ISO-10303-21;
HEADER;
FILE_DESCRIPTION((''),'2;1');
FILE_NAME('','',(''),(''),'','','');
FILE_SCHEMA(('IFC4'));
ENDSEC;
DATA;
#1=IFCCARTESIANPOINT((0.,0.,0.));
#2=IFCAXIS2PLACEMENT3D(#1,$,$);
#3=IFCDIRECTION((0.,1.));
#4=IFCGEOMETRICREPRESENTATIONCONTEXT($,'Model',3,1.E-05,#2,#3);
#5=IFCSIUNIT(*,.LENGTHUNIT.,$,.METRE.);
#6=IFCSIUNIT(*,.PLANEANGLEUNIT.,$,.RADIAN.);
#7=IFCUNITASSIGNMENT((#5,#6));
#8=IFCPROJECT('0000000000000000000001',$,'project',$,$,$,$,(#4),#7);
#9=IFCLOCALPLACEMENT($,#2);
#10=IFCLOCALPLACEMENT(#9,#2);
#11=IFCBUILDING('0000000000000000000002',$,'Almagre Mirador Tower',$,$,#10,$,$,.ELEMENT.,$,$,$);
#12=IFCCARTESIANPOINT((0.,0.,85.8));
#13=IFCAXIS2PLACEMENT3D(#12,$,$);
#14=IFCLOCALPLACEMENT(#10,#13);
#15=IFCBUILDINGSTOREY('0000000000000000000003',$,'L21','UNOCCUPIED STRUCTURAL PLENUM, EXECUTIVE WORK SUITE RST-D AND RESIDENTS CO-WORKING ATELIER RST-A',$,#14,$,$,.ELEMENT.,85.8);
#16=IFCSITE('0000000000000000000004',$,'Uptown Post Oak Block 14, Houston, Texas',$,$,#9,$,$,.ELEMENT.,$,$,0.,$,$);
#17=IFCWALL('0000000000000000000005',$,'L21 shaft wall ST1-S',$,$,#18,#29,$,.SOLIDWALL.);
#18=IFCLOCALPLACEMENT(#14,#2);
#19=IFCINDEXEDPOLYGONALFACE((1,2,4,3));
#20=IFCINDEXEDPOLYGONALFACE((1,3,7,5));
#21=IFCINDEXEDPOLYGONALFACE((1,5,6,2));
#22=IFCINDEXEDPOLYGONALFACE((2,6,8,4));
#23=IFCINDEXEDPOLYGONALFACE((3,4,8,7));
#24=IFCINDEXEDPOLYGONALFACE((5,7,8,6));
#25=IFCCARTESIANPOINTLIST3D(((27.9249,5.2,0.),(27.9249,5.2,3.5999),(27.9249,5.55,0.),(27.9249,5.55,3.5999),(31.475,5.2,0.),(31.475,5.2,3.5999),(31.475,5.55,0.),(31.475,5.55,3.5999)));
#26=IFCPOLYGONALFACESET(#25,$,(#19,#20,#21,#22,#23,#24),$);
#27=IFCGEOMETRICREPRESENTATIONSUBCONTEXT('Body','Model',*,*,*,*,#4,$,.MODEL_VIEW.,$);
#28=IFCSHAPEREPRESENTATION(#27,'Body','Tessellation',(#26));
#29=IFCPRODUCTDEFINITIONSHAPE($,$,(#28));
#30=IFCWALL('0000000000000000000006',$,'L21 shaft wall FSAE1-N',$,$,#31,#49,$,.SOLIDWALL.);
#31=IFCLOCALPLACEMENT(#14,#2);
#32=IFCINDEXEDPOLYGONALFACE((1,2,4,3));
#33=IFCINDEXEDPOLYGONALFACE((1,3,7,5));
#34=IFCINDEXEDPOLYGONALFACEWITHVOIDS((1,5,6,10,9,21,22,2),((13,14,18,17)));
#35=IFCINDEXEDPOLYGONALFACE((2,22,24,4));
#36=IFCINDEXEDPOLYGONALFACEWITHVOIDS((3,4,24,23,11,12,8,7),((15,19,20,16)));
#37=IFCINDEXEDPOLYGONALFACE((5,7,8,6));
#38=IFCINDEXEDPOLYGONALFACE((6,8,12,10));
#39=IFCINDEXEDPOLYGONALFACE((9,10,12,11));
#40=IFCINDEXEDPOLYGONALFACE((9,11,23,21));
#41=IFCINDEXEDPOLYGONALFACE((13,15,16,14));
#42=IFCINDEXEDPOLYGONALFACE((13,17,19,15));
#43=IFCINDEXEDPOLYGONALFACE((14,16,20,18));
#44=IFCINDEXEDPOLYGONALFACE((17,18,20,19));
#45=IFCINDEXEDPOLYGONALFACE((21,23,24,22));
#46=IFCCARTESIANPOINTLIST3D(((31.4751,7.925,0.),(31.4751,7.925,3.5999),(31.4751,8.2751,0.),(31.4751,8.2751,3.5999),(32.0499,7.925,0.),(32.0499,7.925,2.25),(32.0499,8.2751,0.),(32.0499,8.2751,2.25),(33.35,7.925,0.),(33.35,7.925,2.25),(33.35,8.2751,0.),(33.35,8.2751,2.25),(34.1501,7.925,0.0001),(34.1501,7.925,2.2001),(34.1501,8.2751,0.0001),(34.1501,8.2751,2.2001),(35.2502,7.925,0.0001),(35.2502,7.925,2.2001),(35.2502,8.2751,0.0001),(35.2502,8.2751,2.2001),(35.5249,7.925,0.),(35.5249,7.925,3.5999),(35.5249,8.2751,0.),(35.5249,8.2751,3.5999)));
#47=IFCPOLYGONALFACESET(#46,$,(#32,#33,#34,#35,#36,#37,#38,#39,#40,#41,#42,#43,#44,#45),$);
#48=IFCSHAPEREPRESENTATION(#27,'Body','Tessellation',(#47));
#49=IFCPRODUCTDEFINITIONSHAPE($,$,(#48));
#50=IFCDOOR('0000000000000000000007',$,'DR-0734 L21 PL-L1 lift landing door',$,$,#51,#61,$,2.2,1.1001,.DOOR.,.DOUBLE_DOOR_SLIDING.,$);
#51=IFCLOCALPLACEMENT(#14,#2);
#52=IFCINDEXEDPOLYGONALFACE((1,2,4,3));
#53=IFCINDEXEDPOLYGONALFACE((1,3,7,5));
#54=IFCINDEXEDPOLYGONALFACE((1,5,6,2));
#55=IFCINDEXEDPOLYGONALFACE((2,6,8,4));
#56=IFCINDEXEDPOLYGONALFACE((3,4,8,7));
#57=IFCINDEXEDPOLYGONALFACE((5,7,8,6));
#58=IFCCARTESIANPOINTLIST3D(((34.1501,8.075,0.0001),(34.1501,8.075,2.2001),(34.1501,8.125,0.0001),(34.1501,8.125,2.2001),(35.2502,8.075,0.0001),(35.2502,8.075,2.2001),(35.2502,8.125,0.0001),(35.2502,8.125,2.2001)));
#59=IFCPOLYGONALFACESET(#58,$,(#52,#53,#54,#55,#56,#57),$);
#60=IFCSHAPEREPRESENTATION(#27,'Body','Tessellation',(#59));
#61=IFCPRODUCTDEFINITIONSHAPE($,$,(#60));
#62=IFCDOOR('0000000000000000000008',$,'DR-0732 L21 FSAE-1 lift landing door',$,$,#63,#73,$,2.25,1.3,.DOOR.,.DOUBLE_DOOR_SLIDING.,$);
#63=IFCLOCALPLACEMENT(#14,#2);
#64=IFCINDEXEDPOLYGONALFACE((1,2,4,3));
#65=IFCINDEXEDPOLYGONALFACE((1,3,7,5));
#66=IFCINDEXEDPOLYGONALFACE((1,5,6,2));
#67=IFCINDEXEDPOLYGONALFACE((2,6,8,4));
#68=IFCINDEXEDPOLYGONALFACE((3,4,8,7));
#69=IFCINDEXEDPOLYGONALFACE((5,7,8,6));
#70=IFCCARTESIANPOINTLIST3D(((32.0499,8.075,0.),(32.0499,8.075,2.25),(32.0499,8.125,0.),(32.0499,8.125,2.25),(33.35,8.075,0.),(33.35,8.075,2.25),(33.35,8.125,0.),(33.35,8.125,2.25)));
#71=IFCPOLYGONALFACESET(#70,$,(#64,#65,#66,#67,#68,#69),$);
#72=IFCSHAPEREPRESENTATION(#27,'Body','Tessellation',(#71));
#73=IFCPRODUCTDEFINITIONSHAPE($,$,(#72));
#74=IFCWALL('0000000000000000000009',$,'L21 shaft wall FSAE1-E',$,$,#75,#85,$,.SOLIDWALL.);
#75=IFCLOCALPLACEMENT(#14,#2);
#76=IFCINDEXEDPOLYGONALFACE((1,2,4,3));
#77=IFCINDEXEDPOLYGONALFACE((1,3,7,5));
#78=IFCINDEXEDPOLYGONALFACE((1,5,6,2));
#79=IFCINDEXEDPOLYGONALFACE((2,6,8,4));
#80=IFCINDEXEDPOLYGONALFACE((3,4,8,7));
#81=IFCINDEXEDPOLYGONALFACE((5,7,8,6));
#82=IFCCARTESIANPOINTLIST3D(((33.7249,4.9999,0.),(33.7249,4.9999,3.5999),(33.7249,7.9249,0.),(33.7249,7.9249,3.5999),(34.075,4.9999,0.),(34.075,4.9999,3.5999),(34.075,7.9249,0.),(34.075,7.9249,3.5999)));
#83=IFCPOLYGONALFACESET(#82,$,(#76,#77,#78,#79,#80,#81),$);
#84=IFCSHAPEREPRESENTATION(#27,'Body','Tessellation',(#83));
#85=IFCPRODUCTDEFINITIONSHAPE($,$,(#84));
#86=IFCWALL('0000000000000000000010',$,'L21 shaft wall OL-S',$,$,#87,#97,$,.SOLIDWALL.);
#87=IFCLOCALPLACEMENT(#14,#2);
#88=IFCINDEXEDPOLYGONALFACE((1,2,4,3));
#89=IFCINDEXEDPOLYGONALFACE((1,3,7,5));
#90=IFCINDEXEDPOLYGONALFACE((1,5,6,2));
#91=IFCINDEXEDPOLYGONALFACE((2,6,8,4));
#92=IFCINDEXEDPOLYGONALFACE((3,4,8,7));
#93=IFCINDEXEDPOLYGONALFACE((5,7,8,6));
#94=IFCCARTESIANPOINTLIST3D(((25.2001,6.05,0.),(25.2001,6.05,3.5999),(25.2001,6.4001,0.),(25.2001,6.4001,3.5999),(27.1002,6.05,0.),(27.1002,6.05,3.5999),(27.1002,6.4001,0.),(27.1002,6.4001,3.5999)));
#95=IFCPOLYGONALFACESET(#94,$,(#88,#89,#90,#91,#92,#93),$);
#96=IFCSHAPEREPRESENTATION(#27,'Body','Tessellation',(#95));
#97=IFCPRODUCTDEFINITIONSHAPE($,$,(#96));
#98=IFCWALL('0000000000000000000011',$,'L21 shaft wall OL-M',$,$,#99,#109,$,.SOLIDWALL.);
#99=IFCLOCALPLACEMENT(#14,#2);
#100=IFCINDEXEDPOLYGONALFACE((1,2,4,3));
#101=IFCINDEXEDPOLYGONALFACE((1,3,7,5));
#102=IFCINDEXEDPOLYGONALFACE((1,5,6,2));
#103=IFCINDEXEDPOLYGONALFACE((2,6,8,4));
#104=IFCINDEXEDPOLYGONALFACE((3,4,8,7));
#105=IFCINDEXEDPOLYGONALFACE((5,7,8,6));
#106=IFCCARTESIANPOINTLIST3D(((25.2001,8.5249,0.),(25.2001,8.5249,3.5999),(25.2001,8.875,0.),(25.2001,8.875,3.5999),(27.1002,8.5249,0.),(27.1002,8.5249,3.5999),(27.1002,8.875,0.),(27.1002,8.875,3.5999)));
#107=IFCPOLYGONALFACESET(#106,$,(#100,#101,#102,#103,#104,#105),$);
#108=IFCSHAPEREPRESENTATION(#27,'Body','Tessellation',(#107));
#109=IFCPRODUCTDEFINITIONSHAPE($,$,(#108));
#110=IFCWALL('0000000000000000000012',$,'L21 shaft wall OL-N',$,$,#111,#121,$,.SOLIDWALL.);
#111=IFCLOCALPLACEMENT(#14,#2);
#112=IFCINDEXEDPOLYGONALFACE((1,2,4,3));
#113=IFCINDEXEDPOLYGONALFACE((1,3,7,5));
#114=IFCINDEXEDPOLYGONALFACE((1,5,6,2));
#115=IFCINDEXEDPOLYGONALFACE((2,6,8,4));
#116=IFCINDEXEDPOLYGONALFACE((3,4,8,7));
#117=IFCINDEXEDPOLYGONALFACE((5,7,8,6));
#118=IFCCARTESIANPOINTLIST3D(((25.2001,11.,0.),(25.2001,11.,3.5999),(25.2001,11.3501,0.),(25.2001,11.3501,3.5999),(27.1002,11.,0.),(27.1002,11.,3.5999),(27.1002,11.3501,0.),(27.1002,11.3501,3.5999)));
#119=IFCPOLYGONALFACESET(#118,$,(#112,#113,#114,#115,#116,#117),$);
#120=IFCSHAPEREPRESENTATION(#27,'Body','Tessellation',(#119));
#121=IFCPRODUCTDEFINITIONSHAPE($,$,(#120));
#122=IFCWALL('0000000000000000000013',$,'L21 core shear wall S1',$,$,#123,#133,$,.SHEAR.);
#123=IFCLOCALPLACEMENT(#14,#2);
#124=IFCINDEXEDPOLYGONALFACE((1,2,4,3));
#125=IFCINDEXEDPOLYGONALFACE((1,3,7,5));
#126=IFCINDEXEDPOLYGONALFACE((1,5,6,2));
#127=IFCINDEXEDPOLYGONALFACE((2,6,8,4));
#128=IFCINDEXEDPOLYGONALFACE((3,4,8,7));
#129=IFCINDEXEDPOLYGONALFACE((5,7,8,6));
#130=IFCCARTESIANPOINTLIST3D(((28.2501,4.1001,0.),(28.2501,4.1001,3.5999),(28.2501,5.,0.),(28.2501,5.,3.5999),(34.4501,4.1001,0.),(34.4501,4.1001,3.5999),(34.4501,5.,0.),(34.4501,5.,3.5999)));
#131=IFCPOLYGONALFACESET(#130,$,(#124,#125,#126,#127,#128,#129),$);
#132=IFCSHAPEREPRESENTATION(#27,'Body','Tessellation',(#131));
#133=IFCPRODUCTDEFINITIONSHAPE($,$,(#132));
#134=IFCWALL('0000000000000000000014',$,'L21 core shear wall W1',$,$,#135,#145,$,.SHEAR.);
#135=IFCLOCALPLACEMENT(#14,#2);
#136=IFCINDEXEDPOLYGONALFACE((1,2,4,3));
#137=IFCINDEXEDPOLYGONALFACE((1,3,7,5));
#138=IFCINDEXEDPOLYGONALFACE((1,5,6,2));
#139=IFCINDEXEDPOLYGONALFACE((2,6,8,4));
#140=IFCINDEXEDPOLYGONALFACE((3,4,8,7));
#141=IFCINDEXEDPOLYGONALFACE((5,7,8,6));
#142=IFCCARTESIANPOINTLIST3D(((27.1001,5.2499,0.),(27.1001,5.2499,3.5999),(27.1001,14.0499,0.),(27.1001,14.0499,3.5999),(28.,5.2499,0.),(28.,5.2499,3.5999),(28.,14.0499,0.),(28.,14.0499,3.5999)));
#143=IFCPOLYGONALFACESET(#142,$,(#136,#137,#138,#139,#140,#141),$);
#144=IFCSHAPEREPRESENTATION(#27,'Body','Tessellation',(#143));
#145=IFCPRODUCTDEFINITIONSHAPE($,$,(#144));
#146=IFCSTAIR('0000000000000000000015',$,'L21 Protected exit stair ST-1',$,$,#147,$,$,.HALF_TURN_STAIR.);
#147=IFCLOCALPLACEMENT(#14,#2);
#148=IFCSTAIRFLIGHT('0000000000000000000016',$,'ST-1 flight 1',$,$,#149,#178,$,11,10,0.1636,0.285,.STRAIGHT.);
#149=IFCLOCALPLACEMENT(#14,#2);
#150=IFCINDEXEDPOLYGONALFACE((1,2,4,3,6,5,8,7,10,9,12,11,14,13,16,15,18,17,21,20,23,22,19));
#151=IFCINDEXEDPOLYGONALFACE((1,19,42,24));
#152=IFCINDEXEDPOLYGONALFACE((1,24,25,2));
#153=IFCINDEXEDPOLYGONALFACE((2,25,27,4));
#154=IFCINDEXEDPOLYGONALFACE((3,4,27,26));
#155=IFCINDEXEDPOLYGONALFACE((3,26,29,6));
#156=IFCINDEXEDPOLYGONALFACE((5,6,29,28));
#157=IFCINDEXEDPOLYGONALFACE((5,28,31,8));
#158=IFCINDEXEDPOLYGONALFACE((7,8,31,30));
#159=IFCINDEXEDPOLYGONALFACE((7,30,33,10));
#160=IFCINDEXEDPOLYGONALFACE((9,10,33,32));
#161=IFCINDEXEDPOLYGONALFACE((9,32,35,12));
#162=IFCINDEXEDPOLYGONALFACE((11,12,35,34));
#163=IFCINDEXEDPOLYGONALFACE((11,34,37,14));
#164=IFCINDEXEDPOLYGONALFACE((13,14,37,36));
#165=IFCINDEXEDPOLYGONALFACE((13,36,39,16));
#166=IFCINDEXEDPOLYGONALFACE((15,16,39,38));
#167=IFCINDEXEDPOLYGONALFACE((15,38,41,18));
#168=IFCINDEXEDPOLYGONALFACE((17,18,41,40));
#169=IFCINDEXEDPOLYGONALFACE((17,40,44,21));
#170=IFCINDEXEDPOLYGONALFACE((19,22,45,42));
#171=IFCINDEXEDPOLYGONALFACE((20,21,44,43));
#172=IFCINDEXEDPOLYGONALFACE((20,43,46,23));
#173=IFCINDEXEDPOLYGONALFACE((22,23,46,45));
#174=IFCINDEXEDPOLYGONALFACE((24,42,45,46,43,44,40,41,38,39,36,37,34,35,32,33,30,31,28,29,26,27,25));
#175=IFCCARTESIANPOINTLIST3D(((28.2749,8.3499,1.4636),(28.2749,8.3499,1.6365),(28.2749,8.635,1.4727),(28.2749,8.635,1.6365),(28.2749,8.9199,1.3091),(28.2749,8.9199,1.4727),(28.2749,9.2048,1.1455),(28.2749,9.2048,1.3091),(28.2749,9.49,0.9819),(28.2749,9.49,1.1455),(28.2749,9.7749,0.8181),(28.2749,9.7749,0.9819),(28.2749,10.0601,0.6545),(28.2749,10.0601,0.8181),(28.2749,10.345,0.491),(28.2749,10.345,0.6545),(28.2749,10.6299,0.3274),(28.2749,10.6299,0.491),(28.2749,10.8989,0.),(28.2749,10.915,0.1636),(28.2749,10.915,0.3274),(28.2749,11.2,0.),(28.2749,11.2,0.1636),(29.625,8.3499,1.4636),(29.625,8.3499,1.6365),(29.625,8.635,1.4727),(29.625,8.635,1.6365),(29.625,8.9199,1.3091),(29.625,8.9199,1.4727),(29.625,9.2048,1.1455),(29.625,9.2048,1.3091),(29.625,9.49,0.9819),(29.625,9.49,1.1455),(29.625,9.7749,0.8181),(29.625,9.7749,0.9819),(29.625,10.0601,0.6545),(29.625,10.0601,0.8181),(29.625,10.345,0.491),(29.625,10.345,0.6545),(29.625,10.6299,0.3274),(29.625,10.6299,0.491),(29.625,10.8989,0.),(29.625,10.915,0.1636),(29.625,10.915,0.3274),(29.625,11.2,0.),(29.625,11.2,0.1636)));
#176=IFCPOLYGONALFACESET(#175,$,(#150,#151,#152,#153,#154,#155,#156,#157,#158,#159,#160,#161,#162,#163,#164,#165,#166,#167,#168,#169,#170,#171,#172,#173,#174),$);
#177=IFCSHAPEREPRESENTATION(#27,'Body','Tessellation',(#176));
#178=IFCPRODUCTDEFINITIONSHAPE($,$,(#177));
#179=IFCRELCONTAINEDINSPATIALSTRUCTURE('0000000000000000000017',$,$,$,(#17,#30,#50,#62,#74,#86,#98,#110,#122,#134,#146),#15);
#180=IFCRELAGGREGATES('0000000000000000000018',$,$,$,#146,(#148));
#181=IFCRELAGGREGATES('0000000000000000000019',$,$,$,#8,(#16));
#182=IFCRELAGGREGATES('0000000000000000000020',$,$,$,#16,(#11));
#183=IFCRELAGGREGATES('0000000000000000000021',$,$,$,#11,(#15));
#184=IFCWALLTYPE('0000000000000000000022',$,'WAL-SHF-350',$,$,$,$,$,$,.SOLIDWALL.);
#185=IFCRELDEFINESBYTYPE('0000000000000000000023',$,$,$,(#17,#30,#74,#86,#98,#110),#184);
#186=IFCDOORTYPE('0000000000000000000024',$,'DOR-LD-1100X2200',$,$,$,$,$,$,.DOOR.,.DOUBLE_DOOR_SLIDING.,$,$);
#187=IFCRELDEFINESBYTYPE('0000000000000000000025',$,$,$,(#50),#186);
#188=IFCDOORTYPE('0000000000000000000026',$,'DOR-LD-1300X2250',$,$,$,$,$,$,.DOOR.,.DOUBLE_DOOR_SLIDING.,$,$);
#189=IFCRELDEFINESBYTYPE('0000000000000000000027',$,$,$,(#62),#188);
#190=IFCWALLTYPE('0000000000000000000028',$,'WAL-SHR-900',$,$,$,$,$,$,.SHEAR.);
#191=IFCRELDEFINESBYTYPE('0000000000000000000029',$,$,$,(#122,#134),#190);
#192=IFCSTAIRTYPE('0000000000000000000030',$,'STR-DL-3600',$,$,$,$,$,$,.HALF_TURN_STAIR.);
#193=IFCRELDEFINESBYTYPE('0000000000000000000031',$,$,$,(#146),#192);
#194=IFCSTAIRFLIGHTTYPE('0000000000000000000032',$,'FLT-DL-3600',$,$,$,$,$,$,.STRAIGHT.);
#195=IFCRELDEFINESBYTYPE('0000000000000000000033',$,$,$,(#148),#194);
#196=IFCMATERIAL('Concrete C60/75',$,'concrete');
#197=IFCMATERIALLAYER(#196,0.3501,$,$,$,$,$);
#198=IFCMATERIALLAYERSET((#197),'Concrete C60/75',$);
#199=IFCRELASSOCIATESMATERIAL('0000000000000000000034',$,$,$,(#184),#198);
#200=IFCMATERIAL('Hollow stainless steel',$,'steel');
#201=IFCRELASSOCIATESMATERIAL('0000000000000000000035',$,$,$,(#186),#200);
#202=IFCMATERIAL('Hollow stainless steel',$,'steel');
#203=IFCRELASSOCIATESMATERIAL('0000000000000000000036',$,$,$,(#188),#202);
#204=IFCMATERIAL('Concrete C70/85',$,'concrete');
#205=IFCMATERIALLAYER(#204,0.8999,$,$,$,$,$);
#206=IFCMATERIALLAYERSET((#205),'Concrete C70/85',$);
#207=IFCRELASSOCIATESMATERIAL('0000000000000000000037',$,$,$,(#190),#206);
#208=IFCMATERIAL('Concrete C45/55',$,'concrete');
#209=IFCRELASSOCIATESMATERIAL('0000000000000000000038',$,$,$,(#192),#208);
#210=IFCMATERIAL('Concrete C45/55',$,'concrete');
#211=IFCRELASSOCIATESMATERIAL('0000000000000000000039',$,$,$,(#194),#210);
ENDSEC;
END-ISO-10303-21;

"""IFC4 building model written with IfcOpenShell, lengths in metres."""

from ifc_helpers import new_model, si_unit, direction, frame, frame_2d, origin, place, context, subcontext, project, spatial, polyline, rectangle, outline, extrude, material, layer, layer_set, type_object, element, fill, aggregate, save


model = new_model("IFC4")

# Units and contexts
model_context = context("Model", 3, precision=1e-05, world=origin(), true_north=direction((0.0, 1.0)))
body_context = subcontext(model_context, "Body", "Model", "MODEL_VIEW")
ifc_project = project(units=[si_unit("LENGTHUNIT", "METRE"), si_unit("PLANEANGLEUNIT", "RADIAN")], contexts=[model_context])

# Site, building, storey
site_placement = place(None, origin())
site = spatial("IfcSite", under=ifc_project, at=site_placement, Name="Uptown Post Oak Block 14, Houston, Texas", CompositionType="ELEMENT", RefElevation=0.0)
building_placement = place(site_placement, origin())
building = spatial("IfcBuilding", under=site, at=building_placement, Name="Almagre Mirador Tower", CompositionType="ELEMENT")
storey_placement = place(building_placement, frame((0.0, 0.0, 85.8)))
storey = spatial("IfcBuildingStorey", under=building, at=storey_placement, Name="L21", Description="UNOCCUPIED STRUCTURAL PLENUM, EXECUTIVE WORK SUITE RST-D AND RESIDENTS CO-WORKING ATELIER RST-A", CompositionType="ELEMENT", Elevation=85.8)

# Shared definitions
ifc_material_1 = material(Name="Concrete C60/75", Category="concrete")
ifc_layer_1 = layer(ifc_material_1, 0.3501)
ifc_layer_set_1 = layer_set([ifc_layer_1], Name="Concrete C60/75")
wall_type_1 = type_object("IfcWallType", Name="WAL-SHF-350", PredefinedType="SOLIDWALL", material=ifc_layer_set_1)

# Wall
wall_1_placement = place(storey_placement, frame((27.925, 5.375, 0.0), z_axis=(0.0, 0.0, 1.0), x_axis=(1.0, 0.0, 0.0)))
element("IfcWall", 1, at=wall_1_placement, inside=storey, type_object=wall_type_1, Name="L21 shaft wall ST1-S", PredefinedType="SOLIDWALL", context=body_context, shape_type="SweptSolid", body=[
    extrude(rectangle(XDim=3.55, YDim=0.3501, at=frame_2d((1.7749, 0.0))), origin(), (0.0, 0.0, 1.0), 3.5999),
])

# Wall, openings, doors
wall_2_placement = place(storey_placement, frame((31.4751, 8.1001, 0.0), z_axis=(0.0, 0.0, 1.0), x_axis=(1.0, 0.0, 0.0)))
wall_2 = element("IfcWall", 2, at=wall_2_placement, inside=storey, type_object=wall_type_1, Name="L21 shaft wall FSAE1-N", PredefinedType="SOLIDWALL", context=body_context, shape_type="SweptSolid", body=[
    extrude(rectangle(XDim=4.0498, YDim=0.3501, at=frame_2d((2.0249, 0.0))), origin(), (0.0, 0.0, 1.0), 3.5999),
])
opening_1_placement = place(wall_2_placement, frame((0.575, 0.0, 0.0)))
opening_1 = element("IfcOpeningElement", 3, at=opening_1_placement, cuts=wall_2, PredefinedType="OPENING", context=body_context, shape_type="SweptSolid", body=[
    extrude(rectangle(XDim=1.3, YDim=2.25, at=frame_2d((0.6499, 1.125))), frame((0.0, 0.185, 0.0), z_axis=(0.0, -1.0, 0.0), x_axis=(1.0, 0.0, 0.0)), (0.0, 0.0, 1.0), 0.3701),
])
opening_2_placement = place(wall_2_placement, frame((2.675, 0.0, 0.0)))
opening_2 = element("IfcOpeningElement", 4, at=opening_2_placement, cuts=wall_2, PredefinedType="OPENING", context=body_context, shape_type="SweptSolid", body=[
    extrude(rectangle(XDim=1.1001, YDim=2.2, at=frame_2d((0.55, 1.1001))), frame((0.0, 0.185, 0.0), z_axis=(0.0, -1.0, 0.0), x_axis=(1.0, 0.0, 0.0)), (0.0, 0.0, 1.0), 0.3701),
])
ifc_material_2 = material(Name="Hollow stainless steel", Category="steel")
door_type_1 = type_object("IfcDoorType", Name="DOR-LD-1100X2200", OperationType="DOUBLE_DOOR_SLIDING", PredefinedType="DOOR", material=ifc_material_2)
door_1_placement = place(opening_2_placement, origin())
door_1 = element("IfcDoor", 5, at=door_1_placement, inside=storey, type_object=door_type_1, Name="DR-0734 L21 PL-L1 lift landing door", OperationType="DOUBLE_DOOR_SLIDING", OverallHeight=2.2, OverallWidth=1.1001, PredefinedType="DOOR", context=body_context, shape_type="SweptSolid", body=[
    extrude(rectangle(XDim=1.1001, YDim=2.2, at=frame_2d((0.55, 1.1001))), frame((0.0, 0.0249, 0.0), z_axis=(0.0, -1.0, 0.0), x_axis=(1.0, 0.0, 0.0)), (0.0, 0.0, 1.0), 0.05),
])
fill(opening_2, door_1)
ifc_material_3 = material(Name="Hollow stainless steel", Category="steel")
door_type_2 = type_object("IfcDoorType", Name="DOR-LD-1300X2250", OperationType="DOUBLE_DOOR_SLIDING", PredefinedType="DOOR", material=ifc_material_3)
door_2_placement = place(opening_1_placement, origin())
door_2 = element("IfcDoor", 6, at=door_2_placement, inside=storey, type_object=door_type_2, Name="DR-0732 L21 FSAE-1 lift landing door", OperationType="DOUBLE_DOOR_SLIDING", OverallHeight=2.25, OverallWidth=1.3, PredefinedType="DOOR", context=body_context, shape_type="SweptSolid", body=[
    extrude(rectangle(XDim=1.3, YDim=2.25, at=frame_2d((0.6499, 1.125))), frame((0.0, 0.0249, 0.0), z_axis=(0.0, -1.0, 0.0), x_axis=(1.0, 0.0, 0.0)), (0.0, 0.0, 1.0), 0.05),
])
fill(opening_1, door_2)

# Walls
wall_3_placement = place(storey_placement, frame((33.8999, 5.0, 0.0), z_axis=(0.0, 0.0, 1.0), x_axis=(0.0, 1.0, 0.0)))
element("IfcWall", 7, at=wall_3_placement, inside=storey, type_object=wall_type_1, Name="L21 shaft wall FSAE1-E", PredefinedType="SOLIDWALL", context=body_context, shape_type="SweptSolid", body=[
    extrude(rectangle(XDim=2.925, YDim=0.3501, at=frame_2d((1.4624, 0.0))), origin(), (0.0, 0.0, 1.0), 3.5999),
])
for number, where, z_axis, x_axis, name in (
    (8, (25.2, 6.2251, 0.0), (0.0, 0.0, 1.0), (1.0, 0.0, 0.0), "L21 shaft wall OL-S"),
    (9, (25.2, 8.7, 0.0), (0.0, 0.0, 1.0), (1.0, 0.0, 0.0), "L21 shaft wall OL-M"),
    (10, (25.2, 11.175, 0.0), (0.0, 0.0, 1.0), (1.0, 0.0, 0.0), "L21 shaft wall OL-N"),
):
    element("IfcWall", number, at=place(storey_placement, frame(where, z_axis=z_axis, x_axis=x_axis)), inside=storey, type_object=wall_type_1, Name=name, PredefinedType="SOLIDWALL", context=body_context, shape_type="SweptSolid", body=[
        extrude(rectangle(XDim=1.9001, YDim=0.3501, at=frame_2d((0.9502, 0.0))), origin(), (0.0, 0.0, 1.0), 3.5999),
    ])
ifc_material_4 = material(Name="Concrete C70/85", Category="concrete")
ifc_layer_2 = layer(ifc_material_4, 0.8999)
ifc_layer_set_2 = layer_set([ifc_layer_2], Name="Concrete C70/85")
wall_type_2 = type_object("IfcWallType", Name="WAL-SHR-900", PredefinedType="SHEAR", material=ifc_layer_set_2)
wall_4_placement = place(storey_placement, frame((28.25, 4.55, 0.0), z_axis=(0.0, 0.0, 1.0), x_axis=(1.0, 0.0, 0.0)))
element("IfcWall", 11, at=wall_4_placement, inside=storey, type_object=wall_type_2, Name="L21 core shear wall S1", PredefinedType="SHEAR", context=body_context, shape_type="SweptSolid", body=[
    extrude(rectangle(XDim=6.2, YDim=0.8999, at=frame_2d((3.1001, 0.0))), origin(), (0.0, 0.0, 1.0), 3.5999),
])
wall_5_placement = place(storey_placement, frame((27.55, 5.25, 0.0), z_axis=(0.0, 0.0, 1.0), x_axis=(0.0, 1.0, 0.0)))
element("IfcWall", 12, at=wall_5_placement, inside=storey, type_object=wall_type_2, Name="L21 core shear wall W1", PredefinedType="SHEAR", context=body_context, shape_type="SweptSolid", body=[
    extrude(rectangle(XDim=8.8, YDim=0.8999, at=frame_2d((4.3999, 0.0))), origin(), (0.0, 0.0, 1.0), 3.5999),
])

# Stair, stair flight
ifc_material_5 = material(Name="Concrete C45/55", Category="concrete")
stair_type = type_object("IfcStairType", Name="STR-DL-3600", PredefinedType="HALF_TURN_STAIR", material=ifc_material_5)
stair_placement = place(storey_placement, origin())
stair = element("IfcStair", 13, at=stair_placement, inside=storey, type_object=stair_type, Name="L21 Protected exit stair ST-1", PredefinedType="HALF_TURN_STAIR")
ifc_material_6 = material(Name="Concrete C45/55", Category="concrete")
stair_flight_type = type_object("IfcStairFlightType", Name="FLT-DL-3600", PredefinedType="STRAIGHT", material=ifc_material_6)
stair_flight_1_placement = place(storey_placement, frame((28.95, 11.2, 0.0), z_axis=(0.0, 0.0, 1.0), x_axis=(0.0, -1.0, 0.0)))
stair_flight_1 = element("IfcStairFlight", 14, at=stair_flight_1_placement, type_object=stair_flight_type, Name="ST-1 flight 1", NumberOfRisers=11, NumberOfTreads=10, PredefinedType="STRAIGHT", RiserHeight=0.1636, TreadLength=0.285, context=body_context, shape_type="SweptSolid", body=[
    extrude(outline(polyline([(0.0, 0.0), (0.0, 0.1636), (0.2849, 0.1636), (0.2849, 0.3274), (0.5701, 0.3274), (0.5701, 0.491), (0.855, 0.491), (0.855, 0.6545), (1.1399, 0.6545), (1.1399, 0.8181), (1.425, 0.8181), (1.425, 0.9819), (1.71, 0.9819), (1.71, 1.1455), (1.9951, 1.1455), (1.9951, 1.3091), (2.28, 1.3091), (2.28, 1.4727), (2.5649, 1.4727), (2.5649, 1.6365), (2.8501, 1.6365), (2.8501, 1.8), (2.8501, 1.4636), (0.301, 0.0), (0.0, 0.0)])), frame((0.0, 0.675, 0.0), z_axis=(0.0, -1.0, 0.0), x_axis=(1.0, 0.0, 0.0)), (0.0, 0.0, 1.0), 1.3501),
])
aggregate(stair, [stair_flight_1])

save(model, "model.ifc")
